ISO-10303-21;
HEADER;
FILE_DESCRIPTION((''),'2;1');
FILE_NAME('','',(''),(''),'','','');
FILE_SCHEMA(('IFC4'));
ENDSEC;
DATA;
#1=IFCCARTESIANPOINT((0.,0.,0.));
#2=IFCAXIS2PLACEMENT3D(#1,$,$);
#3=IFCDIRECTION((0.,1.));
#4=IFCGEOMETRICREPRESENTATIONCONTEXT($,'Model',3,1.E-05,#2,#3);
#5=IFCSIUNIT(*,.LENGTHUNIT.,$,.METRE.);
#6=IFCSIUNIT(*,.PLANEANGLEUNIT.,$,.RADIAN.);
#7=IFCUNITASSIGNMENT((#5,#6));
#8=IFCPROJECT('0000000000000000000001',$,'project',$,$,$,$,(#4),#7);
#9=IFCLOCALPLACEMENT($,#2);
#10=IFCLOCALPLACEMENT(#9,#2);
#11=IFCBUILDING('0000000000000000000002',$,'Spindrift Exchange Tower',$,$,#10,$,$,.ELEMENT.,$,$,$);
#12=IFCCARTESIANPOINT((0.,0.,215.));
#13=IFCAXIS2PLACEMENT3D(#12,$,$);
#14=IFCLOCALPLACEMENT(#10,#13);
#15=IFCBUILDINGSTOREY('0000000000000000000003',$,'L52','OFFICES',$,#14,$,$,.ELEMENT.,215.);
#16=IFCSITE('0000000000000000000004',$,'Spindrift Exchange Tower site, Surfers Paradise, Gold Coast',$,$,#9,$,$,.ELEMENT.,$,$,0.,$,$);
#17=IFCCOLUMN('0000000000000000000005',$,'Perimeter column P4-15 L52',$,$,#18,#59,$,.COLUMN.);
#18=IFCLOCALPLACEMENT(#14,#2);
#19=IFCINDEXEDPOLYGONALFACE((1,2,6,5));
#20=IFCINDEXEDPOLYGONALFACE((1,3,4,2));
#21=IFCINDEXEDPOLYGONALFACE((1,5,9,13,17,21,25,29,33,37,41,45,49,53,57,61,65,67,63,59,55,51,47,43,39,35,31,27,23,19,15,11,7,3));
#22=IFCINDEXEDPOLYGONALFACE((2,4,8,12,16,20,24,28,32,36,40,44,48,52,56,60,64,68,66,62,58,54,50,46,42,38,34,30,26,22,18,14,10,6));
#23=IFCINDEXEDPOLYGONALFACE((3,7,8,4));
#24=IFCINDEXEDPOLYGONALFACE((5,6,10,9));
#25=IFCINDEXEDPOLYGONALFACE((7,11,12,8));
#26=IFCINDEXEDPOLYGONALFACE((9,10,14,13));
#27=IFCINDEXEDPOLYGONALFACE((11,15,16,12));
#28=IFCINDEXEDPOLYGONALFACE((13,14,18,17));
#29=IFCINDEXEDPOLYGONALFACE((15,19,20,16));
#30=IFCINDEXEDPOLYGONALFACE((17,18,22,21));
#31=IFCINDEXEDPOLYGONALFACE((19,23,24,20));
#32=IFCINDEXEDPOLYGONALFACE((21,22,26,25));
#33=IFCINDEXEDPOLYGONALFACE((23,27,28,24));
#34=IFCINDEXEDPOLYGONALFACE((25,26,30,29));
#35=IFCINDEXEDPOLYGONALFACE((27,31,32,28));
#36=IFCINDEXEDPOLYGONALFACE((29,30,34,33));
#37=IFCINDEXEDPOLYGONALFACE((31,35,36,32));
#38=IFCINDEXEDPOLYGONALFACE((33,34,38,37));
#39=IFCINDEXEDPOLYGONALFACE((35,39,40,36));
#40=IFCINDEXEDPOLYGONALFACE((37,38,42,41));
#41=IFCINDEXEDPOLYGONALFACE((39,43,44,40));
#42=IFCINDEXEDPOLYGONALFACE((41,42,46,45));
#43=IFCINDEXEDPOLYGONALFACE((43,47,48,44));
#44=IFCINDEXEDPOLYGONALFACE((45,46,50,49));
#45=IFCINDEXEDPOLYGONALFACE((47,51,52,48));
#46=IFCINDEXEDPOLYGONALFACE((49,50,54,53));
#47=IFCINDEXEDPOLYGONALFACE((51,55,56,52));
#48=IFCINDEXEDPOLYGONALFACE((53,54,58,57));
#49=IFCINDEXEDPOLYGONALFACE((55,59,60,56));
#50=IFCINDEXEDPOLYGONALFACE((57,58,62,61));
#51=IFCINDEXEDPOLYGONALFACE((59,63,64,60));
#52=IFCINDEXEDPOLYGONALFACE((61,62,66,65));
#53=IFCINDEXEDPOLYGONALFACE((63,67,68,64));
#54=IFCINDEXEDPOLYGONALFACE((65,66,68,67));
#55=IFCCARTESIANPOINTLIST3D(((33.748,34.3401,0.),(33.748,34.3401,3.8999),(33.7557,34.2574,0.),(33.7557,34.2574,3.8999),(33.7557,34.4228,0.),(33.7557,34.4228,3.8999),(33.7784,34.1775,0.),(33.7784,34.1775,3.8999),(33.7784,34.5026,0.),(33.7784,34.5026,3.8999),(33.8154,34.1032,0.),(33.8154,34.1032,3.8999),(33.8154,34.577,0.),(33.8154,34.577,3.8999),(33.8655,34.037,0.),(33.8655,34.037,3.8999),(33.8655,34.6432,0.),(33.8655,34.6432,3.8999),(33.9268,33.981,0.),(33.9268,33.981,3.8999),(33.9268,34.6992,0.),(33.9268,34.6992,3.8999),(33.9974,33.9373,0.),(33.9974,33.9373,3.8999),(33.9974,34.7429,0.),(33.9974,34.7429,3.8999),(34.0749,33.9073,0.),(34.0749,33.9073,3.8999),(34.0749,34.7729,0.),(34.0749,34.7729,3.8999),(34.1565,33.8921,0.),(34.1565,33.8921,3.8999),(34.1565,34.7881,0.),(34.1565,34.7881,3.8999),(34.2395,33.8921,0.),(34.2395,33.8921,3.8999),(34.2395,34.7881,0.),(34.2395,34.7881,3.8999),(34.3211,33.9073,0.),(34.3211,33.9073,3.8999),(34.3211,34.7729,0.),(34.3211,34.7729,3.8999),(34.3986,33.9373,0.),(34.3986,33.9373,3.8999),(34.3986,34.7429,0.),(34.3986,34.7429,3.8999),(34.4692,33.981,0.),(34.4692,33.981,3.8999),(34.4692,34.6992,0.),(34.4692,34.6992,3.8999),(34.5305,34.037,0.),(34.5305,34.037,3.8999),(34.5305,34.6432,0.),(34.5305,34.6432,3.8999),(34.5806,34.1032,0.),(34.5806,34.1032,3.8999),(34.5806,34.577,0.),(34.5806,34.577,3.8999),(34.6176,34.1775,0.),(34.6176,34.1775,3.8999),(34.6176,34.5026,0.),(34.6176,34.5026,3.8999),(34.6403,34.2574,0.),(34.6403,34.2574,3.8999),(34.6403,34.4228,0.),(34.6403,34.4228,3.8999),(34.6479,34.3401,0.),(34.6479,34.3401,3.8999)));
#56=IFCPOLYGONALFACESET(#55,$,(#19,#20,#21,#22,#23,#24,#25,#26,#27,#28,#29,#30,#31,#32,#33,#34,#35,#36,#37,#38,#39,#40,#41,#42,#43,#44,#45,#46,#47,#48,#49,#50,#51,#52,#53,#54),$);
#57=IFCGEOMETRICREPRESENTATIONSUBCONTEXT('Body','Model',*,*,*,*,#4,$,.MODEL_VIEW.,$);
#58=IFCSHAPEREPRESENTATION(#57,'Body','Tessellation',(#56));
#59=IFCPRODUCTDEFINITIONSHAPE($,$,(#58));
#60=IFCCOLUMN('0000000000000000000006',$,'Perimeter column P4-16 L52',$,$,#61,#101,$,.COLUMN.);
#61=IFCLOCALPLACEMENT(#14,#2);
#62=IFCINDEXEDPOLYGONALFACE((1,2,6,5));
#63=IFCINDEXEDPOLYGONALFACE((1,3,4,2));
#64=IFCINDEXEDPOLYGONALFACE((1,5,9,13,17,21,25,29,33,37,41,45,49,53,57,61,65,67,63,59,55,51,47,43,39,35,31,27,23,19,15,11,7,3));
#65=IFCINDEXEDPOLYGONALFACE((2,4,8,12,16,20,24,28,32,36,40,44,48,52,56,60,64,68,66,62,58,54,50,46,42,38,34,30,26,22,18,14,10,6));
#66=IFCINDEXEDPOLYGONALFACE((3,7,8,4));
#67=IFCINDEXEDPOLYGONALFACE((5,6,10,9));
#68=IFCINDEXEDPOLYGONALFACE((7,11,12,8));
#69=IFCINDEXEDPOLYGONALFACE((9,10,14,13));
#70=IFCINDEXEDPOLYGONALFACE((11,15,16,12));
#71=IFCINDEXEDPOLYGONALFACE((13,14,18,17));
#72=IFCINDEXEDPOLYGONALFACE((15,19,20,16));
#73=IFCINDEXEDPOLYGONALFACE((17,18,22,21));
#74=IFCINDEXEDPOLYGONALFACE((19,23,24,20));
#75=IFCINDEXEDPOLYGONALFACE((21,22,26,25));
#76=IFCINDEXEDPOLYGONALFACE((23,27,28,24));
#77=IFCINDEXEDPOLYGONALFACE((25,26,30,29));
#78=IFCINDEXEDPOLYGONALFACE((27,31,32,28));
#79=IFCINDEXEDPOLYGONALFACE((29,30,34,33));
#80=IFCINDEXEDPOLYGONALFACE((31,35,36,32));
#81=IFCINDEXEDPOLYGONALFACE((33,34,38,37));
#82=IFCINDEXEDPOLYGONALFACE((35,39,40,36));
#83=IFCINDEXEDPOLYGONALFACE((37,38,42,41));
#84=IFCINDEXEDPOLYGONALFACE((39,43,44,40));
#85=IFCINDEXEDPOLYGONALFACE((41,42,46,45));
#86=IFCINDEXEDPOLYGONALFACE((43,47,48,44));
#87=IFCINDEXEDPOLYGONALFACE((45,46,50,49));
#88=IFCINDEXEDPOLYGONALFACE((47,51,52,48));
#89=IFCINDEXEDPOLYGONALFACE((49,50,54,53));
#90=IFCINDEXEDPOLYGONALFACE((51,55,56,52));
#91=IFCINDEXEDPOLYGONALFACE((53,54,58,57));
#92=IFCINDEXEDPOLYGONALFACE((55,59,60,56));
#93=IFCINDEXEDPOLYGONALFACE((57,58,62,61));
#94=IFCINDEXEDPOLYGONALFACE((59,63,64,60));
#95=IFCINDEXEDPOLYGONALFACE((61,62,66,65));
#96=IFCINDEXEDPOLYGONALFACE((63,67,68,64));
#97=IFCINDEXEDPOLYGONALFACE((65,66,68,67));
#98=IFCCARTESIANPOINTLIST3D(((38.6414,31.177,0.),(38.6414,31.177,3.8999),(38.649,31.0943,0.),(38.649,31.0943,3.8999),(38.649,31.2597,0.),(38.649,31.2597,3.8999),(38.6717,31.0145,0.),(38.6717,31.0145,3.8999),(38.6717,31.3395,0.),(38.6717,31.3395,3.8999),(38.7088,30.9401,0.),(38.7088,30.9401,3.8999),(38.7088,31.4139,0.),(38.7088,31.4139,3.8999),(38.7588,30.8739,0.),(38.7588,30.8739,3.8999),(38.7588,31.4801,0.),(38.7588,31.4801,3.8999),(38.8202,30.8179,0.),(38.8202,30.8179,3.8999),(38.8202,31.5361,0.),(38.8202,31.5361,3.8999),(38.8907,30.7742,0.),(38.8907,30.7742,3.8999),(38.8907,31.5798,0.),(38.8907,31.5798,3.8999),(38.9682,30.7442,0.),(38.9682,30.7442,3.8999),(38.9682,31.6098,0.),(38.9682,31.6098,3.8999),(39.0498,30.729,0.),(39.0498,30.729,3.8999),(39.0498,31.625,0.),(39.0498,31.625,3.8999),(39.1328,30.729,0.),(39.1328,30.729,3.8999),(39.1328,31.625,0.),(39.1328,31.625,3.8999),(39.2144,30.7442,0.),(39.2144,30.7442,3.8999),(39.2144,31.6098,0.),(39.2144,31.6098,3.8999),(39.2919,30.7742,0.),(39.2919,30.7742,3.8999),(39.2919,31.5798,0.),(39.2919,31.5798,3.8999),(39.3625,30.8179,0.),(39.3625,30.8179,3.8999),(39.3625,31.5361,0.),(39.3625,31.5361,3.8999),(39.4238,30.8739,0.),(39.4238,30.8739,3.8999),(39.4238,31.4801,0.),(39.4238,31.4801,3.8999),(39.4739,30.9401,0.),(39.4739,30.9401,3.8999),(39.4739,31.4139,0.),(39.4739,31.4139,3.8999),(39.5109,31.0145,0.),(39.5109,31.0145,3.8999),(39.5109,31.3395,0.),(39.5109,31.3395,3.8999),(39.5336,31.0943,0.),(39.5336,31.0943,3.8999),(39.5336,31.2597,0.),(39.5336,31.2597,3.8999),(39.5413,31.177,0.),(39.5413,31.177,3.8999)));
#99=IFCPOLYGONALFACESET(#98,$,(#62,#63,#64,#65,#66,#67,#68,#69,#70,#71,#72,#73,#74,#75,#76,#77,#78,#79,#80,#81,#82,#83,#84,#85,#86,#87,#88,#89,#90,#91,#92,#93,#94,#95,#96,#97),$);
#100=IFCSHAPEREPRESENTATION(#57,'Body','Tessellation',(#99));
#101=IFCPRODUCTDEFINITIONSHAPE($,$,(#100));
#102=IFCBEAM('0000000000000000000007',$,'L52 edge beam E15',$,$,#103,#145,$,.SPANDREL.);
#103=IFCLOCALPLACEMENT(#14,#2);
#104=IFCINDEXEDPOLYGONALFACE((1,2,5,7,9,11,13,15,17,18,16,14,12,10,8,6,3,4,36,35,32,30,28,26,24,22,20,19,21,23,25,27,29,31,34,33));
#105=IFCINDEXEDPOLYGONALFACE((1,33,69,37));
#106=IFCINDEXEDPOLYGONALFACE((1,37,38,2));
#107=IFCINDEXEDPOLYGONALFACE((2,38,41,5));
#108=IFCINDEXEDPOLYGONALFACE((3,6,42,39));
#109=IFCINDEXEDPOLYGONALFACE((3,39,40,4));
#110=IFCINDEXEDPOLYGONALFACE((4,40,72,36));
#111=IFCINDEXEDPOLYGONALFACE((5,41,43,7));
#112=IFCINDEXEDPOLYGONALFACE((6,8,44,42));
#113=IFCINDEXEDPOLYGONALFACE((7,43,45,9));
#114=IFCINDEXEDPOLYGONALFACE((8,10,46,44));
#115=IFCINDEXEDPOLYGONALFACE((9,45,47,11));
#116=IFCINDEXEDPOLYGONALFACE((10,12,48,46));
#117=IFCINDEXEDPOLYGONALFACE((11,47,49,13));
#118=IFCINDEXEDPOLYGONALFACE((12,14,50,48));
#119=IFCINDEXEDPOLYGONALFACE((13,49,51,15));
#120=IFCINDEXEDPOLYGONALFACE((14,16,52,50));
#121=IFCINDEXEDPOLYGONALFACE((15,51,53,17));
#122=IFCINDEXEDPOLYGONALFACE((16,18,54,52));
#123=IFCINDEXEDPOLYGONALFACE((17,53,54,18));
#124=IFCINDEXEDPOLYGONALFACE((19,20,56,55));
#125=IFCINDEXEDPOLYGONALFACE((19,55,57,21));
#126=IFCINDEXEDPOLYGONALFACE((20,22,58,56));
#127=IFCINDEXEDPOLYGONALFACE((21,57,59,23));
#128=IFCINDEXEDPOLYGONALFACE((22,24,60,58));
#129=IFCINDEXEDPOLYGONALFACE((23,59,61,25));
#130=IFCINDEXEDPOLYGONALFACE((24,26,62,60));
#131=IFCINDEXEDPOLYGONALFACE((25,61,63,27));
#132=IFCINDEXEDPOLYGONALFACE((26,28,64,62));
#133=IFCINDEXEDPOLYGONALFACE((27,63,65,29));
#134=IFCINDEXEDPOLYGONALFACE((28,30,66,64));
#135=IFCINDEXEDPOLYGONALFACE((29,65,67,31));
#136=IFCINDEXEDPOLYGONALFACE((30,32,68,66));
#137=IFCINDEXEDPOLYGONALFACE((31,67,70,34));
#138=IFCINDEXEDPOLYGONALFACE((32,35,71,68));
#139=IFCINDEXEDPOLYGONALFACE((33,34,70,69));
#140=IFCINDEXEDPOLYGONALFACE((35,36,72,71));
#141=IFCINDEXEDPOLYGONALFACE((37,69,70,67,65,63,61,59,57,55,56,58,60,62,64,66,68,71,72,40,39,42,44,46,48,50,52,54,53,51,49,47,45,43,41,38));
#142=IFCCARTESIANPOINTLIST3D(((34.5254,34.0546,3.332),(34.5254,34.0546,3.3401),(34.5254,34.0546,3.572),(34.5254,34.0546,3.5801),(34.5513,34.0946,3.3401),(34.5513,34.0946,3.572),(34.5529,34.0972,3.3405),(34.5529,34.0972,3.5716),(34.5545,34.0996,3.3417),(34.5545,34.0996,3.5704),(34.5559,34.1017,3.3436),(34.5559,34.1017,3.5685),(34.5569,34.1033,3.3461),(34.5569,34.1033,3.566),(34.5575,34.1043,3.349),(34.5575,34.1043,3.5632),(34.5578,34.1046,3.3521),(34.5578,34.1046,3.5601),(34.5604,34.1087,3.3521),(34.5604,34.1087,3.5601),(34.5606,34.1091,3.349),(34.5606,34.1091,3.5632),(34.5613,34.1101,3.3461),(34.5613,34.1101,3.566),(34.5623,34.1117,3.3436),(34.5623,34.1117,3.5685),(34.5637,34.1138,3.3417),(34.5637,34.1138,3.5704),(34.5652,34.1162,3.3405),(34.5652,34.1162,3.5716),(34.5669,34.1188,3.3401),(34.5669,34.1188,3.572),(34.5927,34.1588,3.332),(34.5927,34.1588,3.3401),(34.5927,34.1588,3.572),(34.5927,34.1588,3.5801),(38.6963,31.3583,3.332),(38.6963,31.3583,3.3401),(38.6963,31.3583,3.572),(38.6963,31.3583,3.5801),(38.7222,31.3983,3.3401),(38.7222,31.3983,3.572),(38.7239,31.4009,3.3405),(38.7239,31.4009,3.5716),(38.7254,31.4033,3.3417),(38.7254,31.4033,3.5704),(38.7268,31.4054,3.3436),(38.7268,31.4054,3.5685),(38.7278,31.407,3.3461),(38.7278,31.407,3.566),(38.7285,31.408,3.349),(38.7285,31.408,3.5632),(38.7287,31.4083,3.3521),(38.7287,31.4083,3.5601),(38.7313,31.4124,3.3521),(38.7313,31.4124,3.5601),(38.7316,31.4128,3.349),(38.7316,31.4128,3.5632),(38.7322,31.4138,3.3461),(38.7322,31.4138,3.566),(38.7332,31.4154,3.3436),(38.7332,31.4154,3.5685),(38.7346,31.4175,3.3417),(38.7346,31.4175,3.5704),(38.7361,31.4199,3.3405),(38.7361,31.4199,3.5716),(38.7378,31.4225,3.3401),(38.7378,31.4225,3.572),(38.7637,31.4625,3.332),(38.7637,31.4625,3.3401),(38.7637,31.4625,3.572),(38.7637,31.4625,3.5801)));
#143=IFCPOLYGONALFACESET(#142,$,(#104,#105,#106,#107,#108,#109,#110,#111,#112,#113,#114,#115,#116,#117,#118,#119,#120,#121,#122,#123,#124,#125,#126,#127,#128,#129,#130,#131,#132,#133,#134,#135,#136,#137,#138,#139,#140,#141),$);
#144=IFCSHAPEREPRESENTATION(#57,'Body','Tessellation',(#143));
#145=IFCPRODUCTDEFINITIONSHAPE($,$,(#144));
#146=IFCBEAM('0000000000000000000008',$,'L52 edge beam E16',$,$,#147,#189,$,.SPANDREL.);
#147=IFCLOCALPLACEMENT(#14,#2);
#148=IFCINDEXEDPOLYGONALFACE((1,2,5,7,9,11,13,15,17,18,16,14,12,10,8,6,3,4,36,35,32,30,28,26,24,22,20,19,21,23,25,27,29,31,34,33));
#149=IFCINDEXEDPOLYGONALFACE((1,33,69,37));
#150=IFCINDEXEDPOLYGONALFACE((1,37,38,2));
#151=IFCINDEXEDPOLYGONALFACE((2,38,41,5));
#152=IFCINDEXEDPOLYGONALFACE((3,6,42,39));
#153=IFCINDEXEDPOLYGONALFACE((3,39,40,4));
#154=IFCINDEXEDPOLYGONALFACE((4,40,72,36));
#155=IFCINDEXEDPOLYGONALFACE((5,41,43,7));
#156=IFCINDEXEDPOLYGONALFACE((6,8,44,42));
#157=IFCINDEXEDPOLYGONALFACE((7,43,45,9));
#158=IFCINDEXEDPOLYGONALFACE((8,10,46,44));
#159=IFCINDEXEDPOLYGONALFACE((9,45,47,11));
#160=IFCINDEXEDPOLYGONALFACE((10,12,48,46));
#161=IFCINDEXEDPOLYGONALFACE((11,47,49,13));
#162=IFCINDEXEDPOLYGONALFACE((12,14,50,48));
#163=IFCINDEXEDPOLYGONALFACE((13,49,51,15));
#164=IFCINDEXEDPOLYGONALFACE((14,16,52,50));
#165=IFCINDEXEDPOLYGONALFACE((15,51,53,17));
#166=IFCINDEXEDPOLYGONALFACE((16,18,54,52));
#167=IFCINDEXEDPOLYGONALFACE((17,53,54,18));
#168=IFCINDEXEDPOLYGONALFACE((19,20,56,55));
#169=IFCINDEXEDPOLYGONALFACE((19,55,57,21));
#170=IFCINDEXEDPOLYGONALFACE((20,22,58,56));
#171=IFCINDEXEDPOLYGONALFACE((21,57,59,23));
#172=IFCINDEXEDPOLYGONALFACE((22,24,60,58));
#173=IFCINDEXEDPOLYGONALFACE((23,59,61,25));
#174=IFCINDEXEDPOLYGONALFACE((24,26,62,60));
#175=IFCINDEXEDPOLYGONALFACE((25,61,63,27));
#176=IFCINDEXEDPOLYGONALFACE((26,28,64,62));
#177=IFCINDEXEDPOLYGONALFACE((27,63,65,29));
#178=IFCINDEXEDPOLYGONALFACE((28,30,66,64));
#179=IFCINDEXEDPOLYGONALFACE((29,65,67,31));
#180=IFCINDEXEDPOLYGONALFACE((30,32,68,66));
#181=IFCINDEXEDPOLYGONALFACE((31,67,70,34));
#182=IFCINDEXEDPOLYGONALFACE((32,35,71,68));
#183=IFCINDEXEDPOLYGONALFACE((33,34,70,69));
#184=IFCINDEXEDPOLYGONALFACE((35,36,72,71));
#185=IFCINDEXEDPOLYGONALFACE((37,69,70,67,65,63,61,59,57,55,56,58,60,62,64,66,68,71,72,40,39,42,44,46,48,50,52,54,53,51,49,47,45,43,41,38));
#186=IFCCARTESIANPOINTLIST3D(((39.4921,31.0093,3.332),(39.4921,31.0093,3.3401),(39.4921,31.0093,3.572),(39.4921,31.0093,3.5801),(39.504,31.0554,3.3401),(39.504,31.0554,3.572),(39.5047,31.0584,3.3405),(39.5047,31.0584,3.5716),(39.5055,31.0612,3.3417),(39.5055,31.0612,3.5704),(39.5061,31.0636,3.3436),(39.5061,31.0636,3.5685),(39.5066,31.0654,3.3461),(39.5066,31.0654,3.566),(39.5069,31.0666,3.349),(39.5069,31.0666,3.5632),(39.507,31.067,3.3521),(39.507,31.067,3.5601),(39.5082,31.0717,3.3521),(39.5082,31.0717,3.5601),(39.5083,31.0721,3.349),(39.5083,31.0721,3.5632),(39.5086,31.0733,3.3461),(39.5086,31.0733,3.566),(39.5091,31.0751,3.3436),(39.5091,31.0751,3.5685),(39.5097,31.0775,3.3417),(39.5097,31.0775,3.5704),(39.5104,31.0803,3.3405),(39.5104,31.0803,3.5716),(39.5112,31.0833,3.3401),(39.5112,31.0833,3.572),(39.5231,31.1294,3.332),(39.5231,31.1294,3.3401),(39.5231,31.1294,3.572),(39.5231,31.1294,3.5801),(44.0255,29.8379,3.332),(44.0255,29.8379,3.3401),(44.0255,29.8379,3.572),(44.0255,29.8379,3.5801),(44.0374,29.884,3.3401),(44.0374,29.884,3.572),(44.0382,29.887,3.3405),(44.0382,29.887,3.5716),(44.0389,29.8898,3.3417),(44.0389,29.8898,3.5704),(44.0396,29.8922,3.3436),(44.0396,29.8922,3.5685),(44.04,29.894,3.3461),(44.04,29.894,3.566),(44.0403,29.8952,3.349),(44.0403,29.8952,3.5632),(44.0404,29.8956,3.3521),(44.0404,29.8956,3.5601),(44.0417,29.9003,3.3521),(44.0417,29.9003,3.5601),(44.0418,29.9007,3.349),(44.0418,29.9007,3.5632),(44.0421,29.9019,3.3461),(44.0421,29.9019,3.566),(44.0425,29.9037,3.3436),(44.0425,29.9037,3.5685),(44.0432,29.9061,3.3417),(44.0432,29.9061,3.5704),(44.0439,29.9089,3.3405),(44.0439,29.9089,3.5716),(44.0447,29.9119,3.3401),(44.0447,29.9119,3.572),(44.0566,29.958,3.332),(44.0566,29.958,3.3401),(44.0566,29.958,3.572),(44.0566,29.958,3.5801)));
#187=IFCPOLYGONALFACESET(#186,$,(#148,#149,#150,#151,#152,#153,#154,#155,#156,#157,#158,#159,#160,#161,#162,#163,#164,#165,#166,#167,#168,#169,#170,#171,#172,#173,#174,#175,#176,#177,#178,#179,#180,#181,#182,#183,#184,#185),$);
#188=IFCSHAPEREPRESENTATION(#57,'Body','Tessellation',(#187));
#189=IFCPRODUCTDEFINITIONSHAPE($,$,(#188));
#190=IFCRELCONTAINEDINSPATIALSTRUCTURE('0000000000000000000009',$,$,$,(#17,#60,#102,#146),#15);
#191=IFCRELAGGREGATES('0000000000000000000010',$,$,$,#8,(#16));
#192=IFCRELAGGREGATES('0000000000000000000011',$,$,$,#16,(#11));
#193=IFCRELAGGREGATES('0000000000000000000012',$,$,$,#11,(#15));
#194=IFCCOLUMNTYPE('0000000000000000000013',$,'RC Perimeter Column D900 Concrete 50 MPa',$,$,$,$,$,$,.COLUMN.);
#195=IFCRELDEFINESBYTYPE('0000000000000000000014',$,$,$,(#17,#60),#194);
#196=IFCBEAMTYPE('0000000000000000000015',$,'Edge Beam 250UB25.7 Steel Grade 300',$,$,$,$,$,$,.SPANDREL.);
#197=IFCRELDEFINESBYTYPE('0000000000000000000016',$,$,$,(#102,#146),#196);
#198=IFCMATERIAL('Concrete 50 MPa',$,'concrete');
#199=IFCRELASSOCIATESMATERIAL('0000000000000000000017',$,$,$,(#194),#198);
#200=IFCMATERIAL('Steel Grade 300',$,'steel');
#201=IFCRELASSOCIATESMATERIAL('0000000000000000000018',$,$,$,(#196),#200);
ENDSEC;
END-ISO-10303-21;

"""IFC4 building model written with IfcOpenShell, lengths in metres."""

from ifc_helpers import new_model, si_unit, direction, frame, origin, origin_2d, place, context, subcontext, project, spatial, circle, i_section, extrude, source, transform, mapped, material, material_profile, profile_set, type_object, element, save


model = new_model("IFC4")

# Units and contexts
model_context = context("Model", 3, precision=1e-05, world=origin(), true_north=direction((0.0, 1.0)))
body_context = subcontext(model_context, "Body", "Model", "MODEL_VIEW")
ifc_project = project(units=[si_unit("LENGTHUNIT", "METRE"), si_unit("PLANEANGLEUNIT", "RADIAN")], contexts=[model_context])

# Site, building, storey
site_placement = place(None, origin())
site = spatial("IfcSite", under=ifc_project, at=site_placement, Name="Spindrift Exchange Tower site, Surfers Paradise, Gold Coast", CompositionType="ELEMENT", RefElevation=0.0)
building_placement = place(site_placement, origin())
building = spatial("IfcBuilding", under=site, at=building_placement, Name="Spindrift Exchange Tower", CompositionType="ELEMENT")
storey_placement = place(building_placement, frame((0.0, 0.0, 215.0)))
storey = spatial("IfcBuildingStorey", under=building, at=storey_placement, Name="L52", Description="OFFICES", CompositionType="ELEMENT", Elevation=215.0)

# Columns
ifc_material_1 = material(Name="Concrete 50 MPa", Category="concrete")
ifc_material_profile_1 = material_profile(ifc_material_1, circle(Radius=0.45, at=origin_2d()), Name="RC D900")
ifc_profile_set_1 = profile_set([ifc_material_profile_1], Name="Concrete 50 MPa")
column_type = type_object("IfcColumnType", Name="RC Perimeter Column D900 Concrete 50 MPa", PredefinedType="COLUMN", material=ifc_profile_set_1)
shared_shape_1 = source(origin(), body_context, "Body", "SweptSolid", [
    extrude(circle(Radius=0.45, at=origin_2d()), origin(), (0.0, 0.0, 1.0), 3.8999),
])
for number, where, z_axis, x_axis, name in (
    (1, (34.198, 34.3401, 0.0), (0.0, 0.0, 1.0), (1.0, 0.0, 0.0), "Perimeter column P4-15 L52"),
    (2, (39.0913, 31.177, 0.0), (0.0, 0.0, 1.0), (1.0, 0.0, 0.0), "Perimeter column P4-16 L52"),
):
    element("IfcColumn", number, at=place(storey_placement, frame(where, z_axis=z_axis, x_axis=x_axis)), inside=storey, type_object=column_type, Name=name, PredefinedType="COLUMN", context=body_context, shape_type="MappedRepresentation", body=[
        mapped(shared_shape_1, transform((0.0, 0.0, 0.0), scale=1.0)),
    ])

# Beams
ifc_material_2 = material(Name="Steel Grade 300", Category="steel")
ifc_material_profile_2 = material_profile(ifc_material_2, i_section(OverallWidth=0.124, OverallDepth=0.248, WebThickness=0.0049, FlangeThickness=0.0081, FilletRadius=0.012, at=origin_2d()), Name="250UB25.7")
ifc_profile_set_2 = profile_set([ifc_material_profile_2], Name="Steel Grade 300")
beam_type_1 = type_object("IfcBeamType", Name="Edge Beam 250UB25.7 Steel Grade 300", PredefinedType="SPANDREL", material=ifc_profile_set_2)
shared_shape_2 = source(origin(), body_context, "Body", "SweptSolid", [
    extrude(i_section(OverallWidth=0.124, OverallDepth=0.248, WebThickness=0.0049, FlangeThickness=0.0081, FilletRadius=0.012, at=origin_2d()), origin(), (0.0, 0.0, 1.0), 4.9666),
])
beam_1_placement = place(storey_placement, frame((34.5591, 34.1067, 3.4561), z_axis=(0.839802, -0.542893, 0.0), x_axis=(0.542893, 0.839802, 0.0)))
element("IfcBeam", 3, at=beam_1_placement, inside=storey, type_object=beam_type_1, Name="L52 edge beam E15", PredefinedType="SPANDREL", context=body_context, shape_type="MappedRepresentation", body=[
    mapped(shared_shape_2, transform((0.0, 0.0, 0.0), scale=1.0)),
])
shared_shape_3 = source(origin(), body_context, "Body", "SweptSolid", [
    extrude(i_section(OverallWidth=0.124, OverallDepth=0.248, WebThickness=0.0049, FlangeThickness=0.0081, FilletRadius=0.012, at=origin_2d()), origin(), (0.0, 0.0, 1.0), 4.6824),
])
beam_2_placement = place(storey_placement, frame((39.5076, 31.0693, 3.4561), z_axis=(0.968202, -0.250171, 0.0), x_axis=(0.250171, 0.968202, 0.0)))
element("IfcBeam", 4, at=beam_2_placement, inside=storey, type_object=beam_type_1, Name="L52 edge beam E16", PredefinedType="SPANDREL", context=body_context, shape_type="MappedRepresentation", body=[
    mapped(shared_shape_3, transform((0.0, 0.0, 0.0), scale=1.0)),
])

save(model, "model.ifc")
